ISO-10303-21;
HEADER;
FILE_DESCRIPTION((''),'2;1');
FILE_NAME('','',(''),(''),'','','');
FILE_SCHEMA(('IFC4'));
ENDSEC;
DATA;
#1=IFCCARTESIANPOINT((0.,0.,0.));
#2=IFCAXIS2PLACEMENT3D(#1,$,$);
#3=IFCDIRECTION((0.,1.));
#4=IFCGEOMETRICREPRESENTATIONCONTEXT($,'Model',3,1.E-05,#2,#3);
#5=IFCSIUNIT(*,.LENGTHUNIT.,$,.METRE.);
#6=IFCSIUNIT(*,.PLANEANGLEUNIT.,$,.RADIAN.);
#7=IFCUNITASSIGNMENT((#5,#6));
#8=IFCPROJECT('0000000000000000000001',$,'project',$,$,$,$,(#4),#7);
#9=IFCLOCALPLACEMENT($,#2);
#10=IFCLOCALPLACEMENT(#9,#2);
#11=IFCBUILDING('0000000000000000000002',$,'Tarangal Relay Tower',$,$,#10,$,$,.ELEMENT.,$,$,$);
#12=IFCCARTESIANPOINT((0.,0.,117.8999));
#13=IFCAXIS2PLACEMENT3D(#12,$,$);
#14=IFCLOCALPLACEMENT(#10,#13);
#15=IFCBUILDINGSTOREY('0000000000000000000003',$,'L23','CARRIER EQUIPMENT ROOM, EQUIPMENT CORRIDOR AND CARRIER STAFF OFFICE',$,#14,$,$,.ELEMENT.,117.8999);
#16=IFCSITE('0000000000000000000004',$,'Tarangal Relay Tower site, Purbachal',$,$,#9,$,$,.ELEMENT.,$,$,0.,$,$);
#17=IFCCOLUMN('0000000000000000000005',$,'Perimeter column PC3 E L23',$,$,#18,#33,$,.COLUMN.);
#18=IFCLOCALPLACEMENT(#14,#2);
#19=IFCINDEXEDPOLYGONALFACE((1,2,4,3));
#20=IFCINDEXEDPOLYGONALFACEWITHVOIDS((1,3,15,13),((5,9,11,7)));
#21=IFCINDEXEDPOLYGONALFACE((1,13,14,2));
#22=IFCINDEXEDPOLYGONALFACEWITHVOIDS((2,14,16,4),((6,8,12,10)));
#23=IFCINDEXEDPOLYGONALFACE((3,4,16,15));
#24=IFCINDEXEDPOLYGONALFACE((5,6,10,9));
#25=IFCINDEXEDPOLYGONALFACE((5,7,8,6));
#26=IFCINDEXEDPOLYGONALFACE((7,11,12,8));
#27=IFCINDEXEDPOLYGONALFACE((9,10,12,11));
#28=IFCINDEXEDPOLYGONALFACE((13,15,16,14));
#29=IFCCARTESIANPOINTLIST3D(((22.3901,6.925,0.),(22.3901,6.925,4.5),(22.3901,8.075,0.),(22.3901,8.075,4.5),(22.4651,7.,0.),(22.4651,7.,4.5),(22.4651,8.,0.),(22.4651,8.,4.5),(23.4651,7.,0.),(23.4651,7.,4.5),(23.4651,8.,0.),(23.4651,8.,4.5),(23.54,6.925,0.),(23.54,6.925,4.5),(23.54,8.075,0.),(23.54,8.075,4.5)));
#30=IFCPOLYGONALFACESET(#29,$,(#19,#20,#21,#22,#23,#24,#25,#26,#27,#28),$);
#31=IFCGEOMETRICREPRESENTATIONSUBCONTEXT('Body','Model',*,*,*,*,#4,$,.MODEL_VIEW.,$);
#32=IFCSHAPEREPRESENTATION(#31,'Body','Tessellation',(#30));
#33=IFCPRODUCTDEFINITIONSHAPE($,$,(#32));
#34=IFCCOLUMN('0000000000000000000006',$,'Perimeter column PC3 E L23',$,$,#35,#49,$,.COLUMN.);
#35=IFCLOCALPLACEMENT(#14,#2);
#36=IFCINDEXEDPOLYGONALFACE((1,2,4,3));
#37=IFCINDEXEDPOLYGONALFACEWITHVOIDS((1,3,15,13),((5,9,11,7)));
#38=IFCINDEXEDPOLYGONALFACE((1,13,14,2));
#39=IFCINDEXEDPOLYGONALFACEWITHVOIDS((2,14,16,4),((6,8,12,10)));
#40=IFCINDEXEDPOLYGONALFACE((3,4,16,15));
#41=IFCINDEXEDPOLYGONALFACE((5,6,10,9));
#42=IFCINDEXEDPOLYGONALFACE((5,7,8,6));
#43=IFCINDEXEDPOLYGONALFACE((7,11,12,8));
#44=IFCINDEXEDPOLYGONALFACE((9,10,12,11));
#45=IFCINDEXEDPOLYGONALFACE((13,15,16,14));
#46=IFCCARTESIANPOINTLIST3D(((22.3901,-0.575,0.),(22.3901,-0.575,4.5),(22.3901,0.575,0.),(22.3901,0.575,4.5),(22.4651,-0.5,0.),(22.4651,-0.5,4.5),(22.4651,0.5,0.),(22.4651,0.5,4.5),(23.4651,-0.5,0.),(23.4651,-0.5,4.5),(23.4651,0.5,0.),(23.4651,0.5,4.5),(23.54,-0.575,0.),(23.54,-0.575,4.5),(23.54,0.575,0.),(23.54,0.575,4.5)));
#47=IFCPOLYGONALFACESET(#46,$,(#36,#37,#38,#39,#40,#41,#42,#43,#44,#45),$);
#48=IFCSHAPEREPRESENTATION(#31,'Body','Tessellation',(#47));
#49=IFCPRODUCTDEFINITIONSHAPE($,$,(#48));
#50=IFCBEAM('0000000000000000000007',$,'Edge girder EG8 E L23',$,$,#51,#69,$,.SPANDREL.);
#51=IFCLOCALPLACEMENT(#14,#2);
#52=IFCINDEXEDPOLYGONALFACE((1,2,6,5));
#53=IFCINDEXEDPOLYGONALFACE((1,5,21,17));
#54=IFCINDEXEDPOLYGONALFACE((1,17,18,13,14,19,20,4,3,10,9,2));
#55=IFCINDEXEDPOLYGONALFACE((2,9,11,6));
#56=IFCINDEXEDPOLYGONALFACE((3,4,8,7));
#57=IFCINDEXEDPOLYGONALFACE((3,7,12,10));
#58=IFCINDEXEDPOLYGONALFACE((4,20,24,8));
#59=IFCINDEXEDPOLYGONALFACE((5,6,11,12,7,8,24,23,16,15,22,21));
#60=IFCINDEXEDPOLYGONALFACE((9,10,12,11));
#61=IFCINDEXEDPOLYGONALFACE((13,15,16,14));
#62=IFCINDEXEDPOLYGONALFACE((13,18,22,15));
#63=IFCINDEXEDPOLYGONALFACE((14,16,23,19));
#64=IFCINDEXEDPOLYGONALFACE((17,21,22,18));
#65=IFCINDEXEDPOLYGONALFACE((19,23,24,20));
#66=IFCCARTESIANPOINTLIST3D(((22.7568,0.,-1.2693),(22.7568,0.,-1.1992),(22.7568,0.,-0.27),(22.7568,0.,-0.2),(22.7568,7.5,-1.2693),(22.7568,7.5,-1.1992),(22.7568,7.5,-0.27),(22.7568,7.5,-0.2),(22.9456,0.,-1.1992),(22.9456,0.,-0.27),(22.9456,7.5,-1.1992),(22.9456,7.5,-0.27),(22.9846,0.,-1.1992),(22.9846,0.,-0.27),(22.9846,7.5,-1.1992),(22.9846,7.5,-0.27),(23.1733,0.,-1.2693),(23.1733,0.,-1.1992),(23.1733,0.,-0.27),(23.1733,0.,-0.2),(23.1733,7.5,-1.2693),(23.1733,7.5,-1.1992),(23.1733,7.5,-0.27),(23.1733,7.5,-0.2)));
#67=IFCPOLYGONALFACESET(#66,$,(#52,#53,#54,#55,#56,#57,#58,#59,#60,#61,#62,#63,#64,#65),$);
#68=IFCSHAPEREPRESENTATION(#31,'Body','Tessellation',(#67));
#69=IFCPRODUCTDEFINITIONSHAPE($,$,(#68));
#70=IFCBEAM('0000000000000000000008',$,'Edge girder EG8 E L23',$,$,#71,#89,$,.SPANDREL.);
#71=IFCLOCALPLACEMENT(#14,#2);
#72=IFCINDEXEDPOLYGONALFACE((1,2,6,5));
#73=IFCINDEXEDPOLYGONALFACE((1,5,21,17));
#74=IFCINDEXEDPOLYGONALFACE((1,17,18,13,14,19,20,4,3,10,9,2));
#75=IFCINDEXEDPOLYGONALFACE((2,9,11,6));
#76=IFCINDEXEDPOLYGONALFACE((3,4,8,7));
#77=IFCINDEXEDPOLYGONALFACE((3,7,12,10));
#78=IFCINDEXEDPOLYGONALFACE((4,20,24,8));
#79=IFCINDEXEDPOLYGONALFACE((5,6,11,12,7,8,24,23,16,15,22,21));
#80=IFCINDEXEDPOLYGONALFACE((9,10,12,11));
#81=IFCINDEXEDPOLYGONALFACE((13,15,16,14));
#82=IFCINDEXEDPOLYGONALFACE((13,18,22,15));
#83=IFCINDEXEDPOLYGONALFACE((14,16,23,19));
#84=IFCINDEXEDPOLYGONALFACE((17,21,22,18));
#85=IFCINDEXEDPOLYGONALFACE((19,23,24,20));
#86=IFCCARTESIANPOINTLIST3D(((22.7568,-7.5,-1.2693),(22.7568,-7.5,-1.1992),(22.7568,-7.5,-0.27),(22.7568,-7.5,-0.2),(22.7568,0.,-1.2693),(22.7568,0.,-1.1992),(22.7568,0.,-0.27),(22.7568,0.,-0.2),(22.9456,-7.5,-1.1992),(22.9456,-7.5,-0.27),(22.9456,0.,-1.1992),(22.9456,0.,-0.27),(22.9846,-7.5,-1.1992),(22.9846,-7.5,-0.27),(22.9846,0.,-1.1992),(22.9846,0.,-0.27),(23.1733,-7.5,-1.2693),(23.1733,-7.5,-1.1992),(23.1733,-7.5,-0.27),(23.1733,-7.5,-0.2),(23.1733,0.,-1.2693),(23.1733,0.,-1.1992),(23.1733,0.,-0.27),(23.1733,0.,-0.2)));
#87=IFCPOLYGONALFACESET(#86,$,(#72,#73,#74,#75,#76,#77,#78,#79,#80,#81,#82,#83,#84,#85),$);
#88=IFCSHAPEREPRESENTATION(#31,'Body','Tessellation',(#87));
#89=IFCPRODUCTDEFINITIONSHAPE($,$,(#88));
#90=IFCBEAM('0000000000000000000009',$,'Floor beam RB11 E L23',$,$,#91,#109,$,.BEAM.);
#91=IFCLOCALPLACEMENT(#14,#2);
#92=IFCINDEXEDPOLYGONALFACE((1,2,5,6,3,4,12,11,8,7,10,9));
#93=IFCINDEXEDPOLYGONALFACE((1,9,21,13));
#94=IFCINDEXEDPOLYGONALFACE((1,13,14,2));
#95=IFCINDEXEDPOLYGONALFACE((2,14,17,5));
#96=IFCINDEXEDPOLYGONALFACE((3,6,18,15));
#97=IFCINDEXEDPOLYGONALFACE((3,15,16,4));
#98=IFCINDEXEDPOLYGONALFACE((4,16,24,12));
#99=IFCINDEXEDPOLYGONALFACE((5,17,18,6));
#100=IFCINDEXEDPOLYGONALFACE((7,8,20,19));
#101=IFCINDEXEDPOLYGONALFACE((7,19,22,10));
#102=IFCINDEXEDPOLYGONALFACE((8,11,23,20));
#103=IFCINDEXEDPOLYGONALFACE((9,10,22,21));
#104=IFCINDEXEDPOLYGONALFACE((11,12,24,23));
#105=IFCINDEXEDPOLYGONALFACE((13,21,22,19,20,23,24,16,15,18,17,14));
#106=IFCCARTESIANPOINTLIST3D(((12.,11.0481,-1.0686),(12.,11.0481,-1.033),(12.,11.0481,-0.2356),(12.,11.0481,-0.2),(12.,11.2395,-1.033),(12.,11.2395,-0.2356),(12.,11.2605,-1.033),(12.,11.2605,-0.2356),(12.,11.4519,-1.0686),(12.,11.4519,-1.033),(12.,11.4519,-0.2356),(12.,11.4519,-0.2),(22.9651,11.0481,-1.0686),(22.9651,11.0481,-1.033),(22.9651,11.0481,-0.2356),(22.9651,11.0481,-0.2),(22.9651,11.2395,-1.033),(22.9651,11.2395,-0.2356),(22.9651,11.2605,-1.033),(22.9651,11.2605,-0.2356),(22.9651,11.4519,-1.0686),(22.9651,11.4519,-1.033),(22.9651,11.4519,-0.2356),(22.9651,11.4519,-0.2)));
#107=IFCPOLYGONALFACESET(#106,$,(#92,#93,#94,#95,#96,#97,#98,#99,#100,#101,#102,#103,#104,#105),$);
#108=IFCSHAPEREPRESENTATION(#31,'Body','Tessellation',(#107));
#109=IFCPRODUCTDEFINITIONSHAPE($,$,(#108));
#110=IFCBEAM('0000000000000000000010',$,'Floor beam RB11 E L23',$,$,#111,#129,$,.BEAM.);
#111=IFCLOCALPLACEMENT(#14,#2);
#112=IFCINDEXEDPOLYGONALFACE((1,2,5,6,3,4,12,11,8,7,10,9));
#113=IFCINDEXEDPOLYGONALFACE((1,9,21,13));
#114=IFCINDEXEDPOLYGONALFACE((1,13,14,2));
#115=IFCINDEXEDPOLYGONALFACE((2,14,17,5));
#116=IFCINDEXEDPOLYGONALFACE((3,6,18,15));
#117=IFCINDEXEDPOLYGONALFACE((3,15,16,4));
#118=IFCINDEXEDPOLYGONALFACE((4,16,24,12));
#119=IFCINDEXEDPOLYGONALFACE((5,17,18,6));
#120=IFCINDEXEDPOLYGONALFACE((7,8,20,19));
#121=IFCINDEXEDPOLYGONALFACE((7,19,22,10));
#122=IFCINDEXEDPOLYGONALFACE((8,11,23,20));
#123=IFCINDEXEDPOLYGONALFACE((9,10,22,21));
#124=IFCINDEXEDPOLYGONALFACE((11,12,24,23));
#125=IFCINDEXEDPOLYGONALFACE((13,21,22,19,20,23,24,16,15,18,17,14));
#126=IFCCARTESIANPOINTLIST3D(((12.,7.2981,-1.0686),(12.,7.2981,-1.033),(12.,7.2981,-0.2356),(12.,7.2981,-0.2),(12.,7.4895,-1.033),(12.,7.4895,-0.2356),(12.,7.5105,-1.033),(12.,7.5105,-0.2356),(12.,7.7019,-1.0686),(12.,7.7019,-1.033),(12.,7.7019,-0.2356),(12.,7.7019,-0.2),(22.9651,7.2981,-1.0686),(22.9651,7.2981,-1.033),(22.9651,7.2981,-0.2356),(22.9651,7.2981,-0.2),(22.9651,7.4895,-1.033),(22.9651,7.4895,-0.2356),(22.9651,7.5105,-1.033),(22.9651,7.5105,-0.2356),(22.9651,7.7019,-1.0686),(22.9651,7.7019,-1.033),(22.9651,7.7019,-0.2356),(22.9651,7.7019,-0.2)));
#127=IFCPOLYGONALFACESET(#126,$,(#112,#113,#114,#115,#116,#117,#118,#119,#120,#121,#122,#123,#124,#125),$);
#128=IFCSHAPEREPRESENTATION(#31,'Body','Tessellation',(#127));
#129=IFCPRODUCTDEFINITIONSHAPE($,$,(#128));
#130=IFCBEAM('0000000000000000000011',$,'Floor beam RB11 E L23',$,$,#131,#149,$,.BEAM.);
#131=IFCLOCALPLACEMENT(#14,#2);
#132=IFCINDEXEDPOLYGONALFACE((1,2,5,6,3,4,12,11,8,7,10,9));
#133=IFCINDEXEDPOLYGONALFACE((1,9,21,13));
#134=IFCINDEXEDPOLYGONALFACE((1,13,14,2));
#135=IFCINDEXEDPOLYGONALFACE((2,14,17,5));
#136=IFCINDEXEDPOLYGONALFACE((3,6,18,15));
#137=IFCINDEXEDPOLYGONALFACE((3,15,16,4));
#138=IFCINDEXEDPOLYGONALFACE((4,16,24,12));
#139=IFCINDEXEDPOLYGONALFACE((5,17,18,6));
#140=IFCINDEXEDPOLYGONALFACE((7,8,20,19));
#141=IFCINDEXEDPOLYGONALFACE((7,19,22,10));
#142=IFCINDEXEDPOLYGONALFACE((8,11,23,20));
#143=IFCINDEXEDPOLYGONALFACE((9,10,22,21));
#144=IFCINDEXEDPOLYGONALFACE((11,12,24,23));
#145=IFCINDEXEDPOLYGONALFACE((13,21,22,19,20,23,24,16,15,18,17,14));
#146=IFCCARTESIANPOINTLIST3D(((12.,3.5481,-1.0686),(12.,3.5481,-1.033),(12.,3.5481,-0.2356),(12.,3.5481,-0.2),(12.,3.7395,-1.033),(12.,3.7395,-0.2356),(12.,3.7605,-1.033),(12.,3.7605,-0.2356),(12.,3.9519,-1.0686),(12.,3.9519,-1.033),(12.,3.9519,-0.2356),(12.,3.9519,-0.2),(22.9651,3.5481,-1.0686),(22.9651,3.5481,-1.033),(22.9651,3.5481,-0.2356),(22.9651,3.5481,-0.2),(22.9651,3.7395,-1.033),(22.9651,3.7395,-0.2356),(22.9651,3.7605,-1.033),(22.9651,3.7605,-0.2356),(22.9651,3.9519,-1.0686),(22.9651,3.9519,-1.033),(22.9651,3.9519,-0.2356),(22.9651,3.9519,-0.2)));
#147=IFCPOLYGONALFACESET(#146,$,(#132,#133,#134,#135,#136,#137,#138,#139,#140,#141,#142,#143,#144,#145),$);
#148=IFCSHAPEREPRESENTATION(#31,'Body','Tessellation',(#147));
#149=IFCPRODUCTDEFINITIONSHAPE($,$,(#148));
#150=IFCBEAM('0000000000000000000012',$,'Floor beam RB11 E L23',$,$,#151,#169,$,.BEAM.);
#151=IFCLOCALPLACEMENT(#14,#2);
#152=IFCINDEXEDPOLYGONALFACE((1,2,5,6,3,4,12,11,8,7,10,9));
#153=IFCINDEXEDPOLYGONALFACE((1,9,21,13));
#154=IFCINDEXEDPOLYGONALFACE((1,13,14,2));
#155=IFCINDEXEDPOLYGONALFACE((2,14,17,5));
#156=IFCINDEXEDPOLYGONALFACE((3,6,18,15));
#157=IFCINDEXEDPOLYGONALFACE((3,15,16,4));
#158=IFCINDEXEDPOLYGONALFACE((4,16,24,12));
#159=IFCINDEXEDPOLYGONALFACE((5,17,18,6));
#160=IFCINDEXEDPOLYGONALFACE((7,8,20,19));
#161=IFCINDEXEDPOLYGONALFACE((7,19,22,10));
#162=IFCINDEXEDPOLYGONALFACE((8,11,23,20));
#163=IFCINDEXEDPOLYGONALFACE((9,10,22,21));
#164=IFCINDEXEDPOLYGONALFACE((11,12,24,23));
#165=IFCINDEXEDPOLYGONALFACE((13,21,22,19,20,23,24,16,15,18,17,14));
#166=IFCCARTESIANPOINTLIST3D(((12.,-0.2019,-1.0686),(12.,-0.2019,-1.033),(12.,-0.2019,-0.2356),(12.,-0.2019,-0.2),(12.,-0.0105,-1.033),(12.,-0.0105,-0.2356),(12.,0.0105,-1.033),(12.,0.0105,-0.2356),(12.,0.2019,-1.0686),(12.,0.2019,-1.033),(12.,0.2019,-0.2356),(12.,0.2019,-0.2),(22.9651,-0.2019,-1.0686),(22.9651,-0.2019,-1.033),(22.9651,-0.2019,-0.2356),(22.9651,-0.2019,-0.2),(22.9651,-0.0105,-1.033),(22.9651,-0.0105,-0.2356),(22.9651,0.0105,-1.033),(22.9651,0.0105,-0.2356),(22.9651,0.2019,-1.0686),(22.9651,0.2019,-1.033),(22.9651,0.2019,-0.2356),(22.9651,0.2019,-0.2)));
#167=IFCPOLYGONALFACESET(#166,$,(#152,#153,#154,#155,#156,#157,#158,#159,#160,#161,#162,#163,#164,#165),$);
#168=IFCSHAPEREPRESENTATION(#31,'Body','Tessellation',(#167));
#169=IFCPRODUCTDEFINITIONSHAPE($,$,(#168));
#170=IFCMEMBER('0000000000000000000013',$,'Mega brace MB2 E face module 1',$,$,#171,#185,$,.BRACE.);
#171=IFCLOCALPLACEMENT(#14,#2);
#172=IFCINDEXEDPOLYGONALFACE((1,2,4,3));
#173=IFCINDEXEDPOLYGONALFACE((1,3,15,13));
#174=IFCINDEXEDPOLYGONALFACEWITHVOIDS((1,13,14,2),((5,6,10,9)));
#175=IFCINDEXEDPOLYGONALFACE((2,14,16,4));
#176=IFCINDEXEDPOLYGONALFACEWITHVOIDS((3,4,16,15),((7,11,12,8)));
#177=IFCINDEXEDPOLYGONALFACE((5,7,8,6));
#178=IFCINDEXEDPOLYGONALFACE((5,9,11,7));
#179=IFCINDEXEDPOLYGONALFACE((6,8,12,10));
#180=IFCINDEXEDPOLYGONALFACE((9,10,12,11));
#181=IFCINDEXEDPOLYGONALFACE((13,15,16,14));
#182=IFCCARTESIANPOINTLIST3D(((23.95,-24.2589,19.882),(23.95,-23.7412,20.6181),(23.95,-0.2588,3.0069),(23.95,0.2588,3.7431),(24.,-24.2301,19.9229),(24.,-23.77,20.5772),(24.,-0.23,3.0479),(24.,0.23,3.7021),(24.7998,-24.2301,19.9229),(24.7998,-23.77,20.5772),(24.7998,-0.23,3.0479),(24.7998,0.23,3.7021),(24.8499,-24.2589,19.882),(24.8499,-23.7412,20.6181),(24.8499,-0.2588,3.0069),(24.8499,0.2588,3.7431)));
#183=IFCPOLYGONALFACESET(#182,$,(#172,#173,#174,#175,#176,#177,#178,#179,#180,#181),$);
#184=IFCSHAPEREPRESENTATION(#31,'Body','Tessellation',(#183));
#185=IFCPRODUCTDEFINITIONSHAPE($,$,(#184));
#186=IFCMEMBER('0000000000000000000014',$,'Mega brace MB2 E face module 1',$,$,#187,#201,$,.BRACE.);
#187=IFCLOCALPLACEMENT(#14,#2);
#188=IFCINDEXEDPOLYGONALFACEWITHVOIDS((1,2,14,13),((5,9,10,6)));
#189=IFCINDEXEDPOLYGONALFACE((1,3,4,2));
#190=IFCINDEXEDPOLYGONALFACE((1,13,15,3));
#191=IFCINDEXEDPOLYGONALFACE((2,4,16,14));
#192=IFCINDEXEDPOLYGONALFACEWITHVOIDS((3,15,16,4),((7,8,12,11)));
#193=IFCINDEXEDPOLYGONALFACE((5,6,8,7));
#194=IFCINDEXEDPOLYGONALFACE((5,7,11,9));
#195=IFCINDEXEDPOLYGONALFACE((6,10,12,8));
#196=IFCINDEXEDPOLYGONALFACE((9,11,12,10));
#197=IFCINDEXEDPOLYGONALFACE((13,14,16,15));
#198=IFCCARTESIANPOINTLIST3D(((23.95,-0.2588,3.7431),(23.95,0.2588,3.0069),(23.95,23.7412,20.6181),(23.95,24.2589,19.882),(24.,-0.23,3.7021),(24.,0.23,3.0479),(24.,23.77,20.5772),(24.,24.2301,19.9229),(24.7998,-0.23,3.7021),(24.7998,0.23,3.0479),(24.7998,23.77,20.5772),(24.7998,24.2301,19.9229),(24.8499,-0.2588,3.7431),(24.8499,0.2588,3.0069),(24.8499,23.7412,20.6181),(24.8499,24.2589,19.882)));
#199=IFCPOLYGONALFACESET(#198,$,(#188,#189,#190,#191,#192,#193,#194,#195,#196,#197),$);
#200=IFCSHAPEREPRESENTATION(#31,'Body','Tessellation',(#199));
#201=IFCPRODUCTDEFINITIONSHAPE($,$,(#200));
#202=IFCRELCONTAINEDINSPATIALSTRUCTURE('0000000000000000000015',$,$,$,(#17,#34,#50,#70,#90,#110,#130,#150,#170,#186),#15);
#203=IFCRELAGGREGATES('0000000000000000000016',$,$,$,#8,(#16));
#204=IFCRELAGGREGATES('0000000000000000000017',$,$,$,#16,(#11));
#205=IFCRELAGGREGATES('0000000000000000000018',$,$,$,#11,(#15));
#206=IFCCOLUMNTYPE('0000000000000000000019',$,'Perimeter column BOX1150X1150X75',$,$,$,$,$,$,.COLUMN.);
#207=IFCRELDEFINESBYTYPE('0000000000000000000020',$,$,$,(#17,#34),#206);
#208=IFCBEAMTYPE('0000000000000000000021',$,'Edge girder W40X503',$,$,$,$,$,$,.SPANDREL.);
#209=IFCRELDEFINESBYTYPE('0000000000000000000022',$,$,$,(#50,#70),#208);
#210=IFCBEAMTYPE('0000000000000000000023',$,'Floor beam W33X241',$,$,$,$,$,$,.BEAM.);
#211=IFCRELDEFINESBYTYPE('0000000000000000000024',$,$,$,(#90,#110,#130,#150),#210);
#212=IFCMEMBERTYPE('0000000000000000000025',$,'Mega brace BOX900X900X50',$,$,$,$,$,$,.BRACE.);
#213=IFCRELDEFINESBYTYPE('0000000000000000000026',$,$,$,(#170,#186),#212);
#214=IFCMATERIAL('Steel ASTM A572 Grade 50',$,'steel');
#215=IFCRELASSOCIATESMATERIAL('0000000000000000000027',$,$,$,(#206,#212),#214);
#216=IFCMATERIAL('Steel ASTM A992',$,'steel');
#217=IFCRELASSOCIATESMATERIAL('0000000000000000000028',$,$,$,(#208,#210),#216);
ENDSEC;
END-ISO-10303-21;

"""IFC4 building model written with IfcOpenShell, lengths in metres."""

from ifc_helpers import new_model, si_unit, direction, frame, origin, origin_2d, place, context, subcontext, project, spatial, hollow_rectangle, i_section, extrude, material, material_profile, profile_set, type_object, element, save


model = new_model("IFC4")

# Units and contexts
model_context = context("Model", 3, precision=1e-05, world=origin(), true_north=direction((0.0, 1.0)))
body_context = subcontext(model_context, "Body", "Model", "MODEL_VIEW")
ifc_project = project(units=[si_unit("LENGTHUNIT", "METRE"), si_unit("PLANEANGLEUNIT", "RADIAN")], contexts=[model_context])

# Site, building, storey
site_placement = place(None, origin())
site = spatial("IfcSite", under=ifc_project, at=site_placement, Name="Tarangal Relay Tower site, Purbachal", CompositionType="ELEMENT", RefElevation=0.0)
building_placement = place(site_placement, origin())
building = spatial("IfcBuilding", under=site, at=building_placement, Name="Tarangal Relay Tower", CompositionType="ELEMENT")
storey_placement = place(building_placement, frame((0.0, 0.0, 117.8999)))
storey = spatial("IfcBuildingStorey", under=building, at=storey_placement, Name="L23", Description="CARRIER EQUIPMENT ROOM, EQUIPMENT CORRIDOR AND CARRIER STAFF OFFICE", CompositionType="ELEMENT", Elevation=117.8999)

# Columns
ifc_material_1 = material(Name="Steel ASTM A572 Grade 50", Category="steel")
ifc_material_profile_1 = material_profile(ifc_material_1, hollow_rectangle(XDim=1.1499, YDim=1.1499, WallThickness=0.075, at=origin_2d()), Name="BOX1150X1150X75")
ifc_profile_set_1 = profile_set([ifc_material_profile_1], Name="Steel ASTM A572 Grade 50")
column_type = type_object("IfcColumnType", Name="Perimeter column BOX1150X1150X75", PredefinedType="COLUMN", material=ifc_profile_set_1)
for number, where, z_axis, x_axis, name in (
    (1, (22.9651, 7.5, 0.0), (0.0, 0.0, 1.0), (1.0, 0.0, 0.0), "Perimeter column PC3 E L23"),
    (2, (22.9651, 0.0, 0.0), (0.0, 0.0, 1.0), (1.0, 0.0, 0.0), "Perimeter column PC3 E L23"),
):
    element("IfcColumn", number, at=place(storey_placement, frame(where, z_axis=z_axis, x_axis=x_axis)), inside=storey, type_object=column_type, Name=name, PredefinedType="COLUMN", context=body_context, shape_type="SweptSolid", body=[
        extrude(hollow_rectangle(XDim=1.1499, YDim=1.1499, WallThickness=0.075, at=origin_2d()), origin(), (0.0, 0.0, 1.0), 4.5),
    ])

# Beams
ifc_material_2 = material(Name="Steel ASTM A992", Category="steel")
ifc_material_profile_2 = material_profile(ifc_material_2, i_section(OverallWidth=0.4165, OverallDepth=1.0693, WebThickness=0.0391, FlangeThickness=0.0701, at=origin_2d()), Name="W40X503")
ifc_profile_set_2 = profile_set([ifc_material_profile_2], Name="Steel ASTM A992")
beam_type_1 = type_object("IfcBeamType", Name="Edge girder W40X503", PredefinedType="SPANDREL", material=ifc_profile_set_2)
for number, where, z_axis, x_axis, name in (
    (3, (22.9651, 7.5, -0.7346), (0.0, -1.0, 0.0), (1.0, 0.0, 0.0), "Edge girder EG8 E L23"),
    (4, (22.9651, 0.0, -0.7346), (0.0, -1.0, 0.0), (1.0, 0.0, 0.0), "Edge girder EG8 E L23"),
):
    element("IfcBeam", number, at=place(storey_placement, frame(where, z_axis=z_axis, x_axis=x_axis)), inside=storey, type_object=beam_type_1, Name=name, PredefinedType="SPANDREL", context=body_context, shape_type="SweptSolid", body=[
        extrude(i_section(OverallWidth=0.4165, OverallDepth=1.0693, WebThickness=0.0391, FlangeThickness=0.0701, at=origin_2d()), origin(), (0.0, 0.0, 1.0), 7.5),
    ])
ifc_material_profile_3 = material_profile(ifc_material_2, i_section(OverallWidth=0.4038, OverallDepth=0.8687, WebThickness=0.021, FlangeThickness=0.0356, at=origin_2d()), Name="W33X241")
ifc_profile_set_3 = profile_set([ifc_material_profile_3], Name="Steel ASTM A992")
beam_type_2 = type_object("IfcBeamType", Name="Floor beam W33X241", PredefinedType="BEAM", material=ifc_profile_set_3)
for number, where, z_axis, x_axis, name in (
    (5, (12.0, 11.25, -0.6343), (1.0, 0.0, 0.0), (0.0, 1.0, 0.0), "Floor beam RB11 E L23"),
    (6, (12.0, 7.5, -0.6343), (1.0, 0.0, 0.0), (0.0, 1.0, 0.0), "Floor beam RB11 E L23"),
    (7, (12.0, 3.75, -0.6343), (1.0, 0.0, 0.0), (0.0, 1.0, 0.0), "Floor beam RB11 E L23"),
    (8, (12.0, 0.0, -0.6343), (1.0, 0.0, 0.0), (0.0, 1.0, 0.0), "Floor beam RB11 E L23"),
):
    element("IfcBeam", number, at=place(storey_placement, frame(where, z_axis=z_axis, x_axis=x_axis)), inside=storey, type_object=beam_type_2, Name=name, PredefinedType="BEAM", context=body_context, shape_type="SweptSolid", body=[
        extrude(i_section(OverallWidth=0.4038, OverallDepth=0.8687, WebThickness=0.021, FlangeThickness=0.0356, at=origin_2d()), origin(), (0.0, 0.0, 1.0), 10.9651),
    ])

# Members
ifc_material_profile_4 = material_profile(ifc_material_1, hollow_rectangle(XDim=0.8999, YDim=0.8999, WallThickness=0.05, at=origin_2d()), Name="BOX900X900X50")
ifc_profile_set_4 = profile_set([ifc_material_profile_4], Name="Steel ASTM A572 Grade 50")
member_type = type_object("IfcMemberType", Name="Mega brace BOX900X900X50", PredefinedType="BRACE", material=ifc_profile_set_4)
for number, where, z_axis, x_axis, name in (
    (9, (24.3999, 0.0, 3.375), (0.0, -0.818029, 0.575177), (1.0, 0.0, 0.0), "Mega brace MB2 E face module 1"),
    (10, (24.3999, 0.0, 3.375), (0.0, 0.818029, 0.575177), (-1.0, 0.0, 0.0), "Mega brace MB2 E face module 1"),
):
    element("IfcMember", number, at=place(storey_placement, frame(where, z_axis=z_axis, x_axis=x_axis)), inside=storey, type_object=member_type, Name=name, PredefinedType="BRACE", context=body_context, shape_type="SweptSolid", body=[
        extrude(hollow_rectangle(XDim=0.8999, YDim=0.8999, WallThickness=0.05, at=origin_2d()), origin(), (0.0, 0.0, 1.0), 29.3389),
    ])

save(model, "model.ifc")
